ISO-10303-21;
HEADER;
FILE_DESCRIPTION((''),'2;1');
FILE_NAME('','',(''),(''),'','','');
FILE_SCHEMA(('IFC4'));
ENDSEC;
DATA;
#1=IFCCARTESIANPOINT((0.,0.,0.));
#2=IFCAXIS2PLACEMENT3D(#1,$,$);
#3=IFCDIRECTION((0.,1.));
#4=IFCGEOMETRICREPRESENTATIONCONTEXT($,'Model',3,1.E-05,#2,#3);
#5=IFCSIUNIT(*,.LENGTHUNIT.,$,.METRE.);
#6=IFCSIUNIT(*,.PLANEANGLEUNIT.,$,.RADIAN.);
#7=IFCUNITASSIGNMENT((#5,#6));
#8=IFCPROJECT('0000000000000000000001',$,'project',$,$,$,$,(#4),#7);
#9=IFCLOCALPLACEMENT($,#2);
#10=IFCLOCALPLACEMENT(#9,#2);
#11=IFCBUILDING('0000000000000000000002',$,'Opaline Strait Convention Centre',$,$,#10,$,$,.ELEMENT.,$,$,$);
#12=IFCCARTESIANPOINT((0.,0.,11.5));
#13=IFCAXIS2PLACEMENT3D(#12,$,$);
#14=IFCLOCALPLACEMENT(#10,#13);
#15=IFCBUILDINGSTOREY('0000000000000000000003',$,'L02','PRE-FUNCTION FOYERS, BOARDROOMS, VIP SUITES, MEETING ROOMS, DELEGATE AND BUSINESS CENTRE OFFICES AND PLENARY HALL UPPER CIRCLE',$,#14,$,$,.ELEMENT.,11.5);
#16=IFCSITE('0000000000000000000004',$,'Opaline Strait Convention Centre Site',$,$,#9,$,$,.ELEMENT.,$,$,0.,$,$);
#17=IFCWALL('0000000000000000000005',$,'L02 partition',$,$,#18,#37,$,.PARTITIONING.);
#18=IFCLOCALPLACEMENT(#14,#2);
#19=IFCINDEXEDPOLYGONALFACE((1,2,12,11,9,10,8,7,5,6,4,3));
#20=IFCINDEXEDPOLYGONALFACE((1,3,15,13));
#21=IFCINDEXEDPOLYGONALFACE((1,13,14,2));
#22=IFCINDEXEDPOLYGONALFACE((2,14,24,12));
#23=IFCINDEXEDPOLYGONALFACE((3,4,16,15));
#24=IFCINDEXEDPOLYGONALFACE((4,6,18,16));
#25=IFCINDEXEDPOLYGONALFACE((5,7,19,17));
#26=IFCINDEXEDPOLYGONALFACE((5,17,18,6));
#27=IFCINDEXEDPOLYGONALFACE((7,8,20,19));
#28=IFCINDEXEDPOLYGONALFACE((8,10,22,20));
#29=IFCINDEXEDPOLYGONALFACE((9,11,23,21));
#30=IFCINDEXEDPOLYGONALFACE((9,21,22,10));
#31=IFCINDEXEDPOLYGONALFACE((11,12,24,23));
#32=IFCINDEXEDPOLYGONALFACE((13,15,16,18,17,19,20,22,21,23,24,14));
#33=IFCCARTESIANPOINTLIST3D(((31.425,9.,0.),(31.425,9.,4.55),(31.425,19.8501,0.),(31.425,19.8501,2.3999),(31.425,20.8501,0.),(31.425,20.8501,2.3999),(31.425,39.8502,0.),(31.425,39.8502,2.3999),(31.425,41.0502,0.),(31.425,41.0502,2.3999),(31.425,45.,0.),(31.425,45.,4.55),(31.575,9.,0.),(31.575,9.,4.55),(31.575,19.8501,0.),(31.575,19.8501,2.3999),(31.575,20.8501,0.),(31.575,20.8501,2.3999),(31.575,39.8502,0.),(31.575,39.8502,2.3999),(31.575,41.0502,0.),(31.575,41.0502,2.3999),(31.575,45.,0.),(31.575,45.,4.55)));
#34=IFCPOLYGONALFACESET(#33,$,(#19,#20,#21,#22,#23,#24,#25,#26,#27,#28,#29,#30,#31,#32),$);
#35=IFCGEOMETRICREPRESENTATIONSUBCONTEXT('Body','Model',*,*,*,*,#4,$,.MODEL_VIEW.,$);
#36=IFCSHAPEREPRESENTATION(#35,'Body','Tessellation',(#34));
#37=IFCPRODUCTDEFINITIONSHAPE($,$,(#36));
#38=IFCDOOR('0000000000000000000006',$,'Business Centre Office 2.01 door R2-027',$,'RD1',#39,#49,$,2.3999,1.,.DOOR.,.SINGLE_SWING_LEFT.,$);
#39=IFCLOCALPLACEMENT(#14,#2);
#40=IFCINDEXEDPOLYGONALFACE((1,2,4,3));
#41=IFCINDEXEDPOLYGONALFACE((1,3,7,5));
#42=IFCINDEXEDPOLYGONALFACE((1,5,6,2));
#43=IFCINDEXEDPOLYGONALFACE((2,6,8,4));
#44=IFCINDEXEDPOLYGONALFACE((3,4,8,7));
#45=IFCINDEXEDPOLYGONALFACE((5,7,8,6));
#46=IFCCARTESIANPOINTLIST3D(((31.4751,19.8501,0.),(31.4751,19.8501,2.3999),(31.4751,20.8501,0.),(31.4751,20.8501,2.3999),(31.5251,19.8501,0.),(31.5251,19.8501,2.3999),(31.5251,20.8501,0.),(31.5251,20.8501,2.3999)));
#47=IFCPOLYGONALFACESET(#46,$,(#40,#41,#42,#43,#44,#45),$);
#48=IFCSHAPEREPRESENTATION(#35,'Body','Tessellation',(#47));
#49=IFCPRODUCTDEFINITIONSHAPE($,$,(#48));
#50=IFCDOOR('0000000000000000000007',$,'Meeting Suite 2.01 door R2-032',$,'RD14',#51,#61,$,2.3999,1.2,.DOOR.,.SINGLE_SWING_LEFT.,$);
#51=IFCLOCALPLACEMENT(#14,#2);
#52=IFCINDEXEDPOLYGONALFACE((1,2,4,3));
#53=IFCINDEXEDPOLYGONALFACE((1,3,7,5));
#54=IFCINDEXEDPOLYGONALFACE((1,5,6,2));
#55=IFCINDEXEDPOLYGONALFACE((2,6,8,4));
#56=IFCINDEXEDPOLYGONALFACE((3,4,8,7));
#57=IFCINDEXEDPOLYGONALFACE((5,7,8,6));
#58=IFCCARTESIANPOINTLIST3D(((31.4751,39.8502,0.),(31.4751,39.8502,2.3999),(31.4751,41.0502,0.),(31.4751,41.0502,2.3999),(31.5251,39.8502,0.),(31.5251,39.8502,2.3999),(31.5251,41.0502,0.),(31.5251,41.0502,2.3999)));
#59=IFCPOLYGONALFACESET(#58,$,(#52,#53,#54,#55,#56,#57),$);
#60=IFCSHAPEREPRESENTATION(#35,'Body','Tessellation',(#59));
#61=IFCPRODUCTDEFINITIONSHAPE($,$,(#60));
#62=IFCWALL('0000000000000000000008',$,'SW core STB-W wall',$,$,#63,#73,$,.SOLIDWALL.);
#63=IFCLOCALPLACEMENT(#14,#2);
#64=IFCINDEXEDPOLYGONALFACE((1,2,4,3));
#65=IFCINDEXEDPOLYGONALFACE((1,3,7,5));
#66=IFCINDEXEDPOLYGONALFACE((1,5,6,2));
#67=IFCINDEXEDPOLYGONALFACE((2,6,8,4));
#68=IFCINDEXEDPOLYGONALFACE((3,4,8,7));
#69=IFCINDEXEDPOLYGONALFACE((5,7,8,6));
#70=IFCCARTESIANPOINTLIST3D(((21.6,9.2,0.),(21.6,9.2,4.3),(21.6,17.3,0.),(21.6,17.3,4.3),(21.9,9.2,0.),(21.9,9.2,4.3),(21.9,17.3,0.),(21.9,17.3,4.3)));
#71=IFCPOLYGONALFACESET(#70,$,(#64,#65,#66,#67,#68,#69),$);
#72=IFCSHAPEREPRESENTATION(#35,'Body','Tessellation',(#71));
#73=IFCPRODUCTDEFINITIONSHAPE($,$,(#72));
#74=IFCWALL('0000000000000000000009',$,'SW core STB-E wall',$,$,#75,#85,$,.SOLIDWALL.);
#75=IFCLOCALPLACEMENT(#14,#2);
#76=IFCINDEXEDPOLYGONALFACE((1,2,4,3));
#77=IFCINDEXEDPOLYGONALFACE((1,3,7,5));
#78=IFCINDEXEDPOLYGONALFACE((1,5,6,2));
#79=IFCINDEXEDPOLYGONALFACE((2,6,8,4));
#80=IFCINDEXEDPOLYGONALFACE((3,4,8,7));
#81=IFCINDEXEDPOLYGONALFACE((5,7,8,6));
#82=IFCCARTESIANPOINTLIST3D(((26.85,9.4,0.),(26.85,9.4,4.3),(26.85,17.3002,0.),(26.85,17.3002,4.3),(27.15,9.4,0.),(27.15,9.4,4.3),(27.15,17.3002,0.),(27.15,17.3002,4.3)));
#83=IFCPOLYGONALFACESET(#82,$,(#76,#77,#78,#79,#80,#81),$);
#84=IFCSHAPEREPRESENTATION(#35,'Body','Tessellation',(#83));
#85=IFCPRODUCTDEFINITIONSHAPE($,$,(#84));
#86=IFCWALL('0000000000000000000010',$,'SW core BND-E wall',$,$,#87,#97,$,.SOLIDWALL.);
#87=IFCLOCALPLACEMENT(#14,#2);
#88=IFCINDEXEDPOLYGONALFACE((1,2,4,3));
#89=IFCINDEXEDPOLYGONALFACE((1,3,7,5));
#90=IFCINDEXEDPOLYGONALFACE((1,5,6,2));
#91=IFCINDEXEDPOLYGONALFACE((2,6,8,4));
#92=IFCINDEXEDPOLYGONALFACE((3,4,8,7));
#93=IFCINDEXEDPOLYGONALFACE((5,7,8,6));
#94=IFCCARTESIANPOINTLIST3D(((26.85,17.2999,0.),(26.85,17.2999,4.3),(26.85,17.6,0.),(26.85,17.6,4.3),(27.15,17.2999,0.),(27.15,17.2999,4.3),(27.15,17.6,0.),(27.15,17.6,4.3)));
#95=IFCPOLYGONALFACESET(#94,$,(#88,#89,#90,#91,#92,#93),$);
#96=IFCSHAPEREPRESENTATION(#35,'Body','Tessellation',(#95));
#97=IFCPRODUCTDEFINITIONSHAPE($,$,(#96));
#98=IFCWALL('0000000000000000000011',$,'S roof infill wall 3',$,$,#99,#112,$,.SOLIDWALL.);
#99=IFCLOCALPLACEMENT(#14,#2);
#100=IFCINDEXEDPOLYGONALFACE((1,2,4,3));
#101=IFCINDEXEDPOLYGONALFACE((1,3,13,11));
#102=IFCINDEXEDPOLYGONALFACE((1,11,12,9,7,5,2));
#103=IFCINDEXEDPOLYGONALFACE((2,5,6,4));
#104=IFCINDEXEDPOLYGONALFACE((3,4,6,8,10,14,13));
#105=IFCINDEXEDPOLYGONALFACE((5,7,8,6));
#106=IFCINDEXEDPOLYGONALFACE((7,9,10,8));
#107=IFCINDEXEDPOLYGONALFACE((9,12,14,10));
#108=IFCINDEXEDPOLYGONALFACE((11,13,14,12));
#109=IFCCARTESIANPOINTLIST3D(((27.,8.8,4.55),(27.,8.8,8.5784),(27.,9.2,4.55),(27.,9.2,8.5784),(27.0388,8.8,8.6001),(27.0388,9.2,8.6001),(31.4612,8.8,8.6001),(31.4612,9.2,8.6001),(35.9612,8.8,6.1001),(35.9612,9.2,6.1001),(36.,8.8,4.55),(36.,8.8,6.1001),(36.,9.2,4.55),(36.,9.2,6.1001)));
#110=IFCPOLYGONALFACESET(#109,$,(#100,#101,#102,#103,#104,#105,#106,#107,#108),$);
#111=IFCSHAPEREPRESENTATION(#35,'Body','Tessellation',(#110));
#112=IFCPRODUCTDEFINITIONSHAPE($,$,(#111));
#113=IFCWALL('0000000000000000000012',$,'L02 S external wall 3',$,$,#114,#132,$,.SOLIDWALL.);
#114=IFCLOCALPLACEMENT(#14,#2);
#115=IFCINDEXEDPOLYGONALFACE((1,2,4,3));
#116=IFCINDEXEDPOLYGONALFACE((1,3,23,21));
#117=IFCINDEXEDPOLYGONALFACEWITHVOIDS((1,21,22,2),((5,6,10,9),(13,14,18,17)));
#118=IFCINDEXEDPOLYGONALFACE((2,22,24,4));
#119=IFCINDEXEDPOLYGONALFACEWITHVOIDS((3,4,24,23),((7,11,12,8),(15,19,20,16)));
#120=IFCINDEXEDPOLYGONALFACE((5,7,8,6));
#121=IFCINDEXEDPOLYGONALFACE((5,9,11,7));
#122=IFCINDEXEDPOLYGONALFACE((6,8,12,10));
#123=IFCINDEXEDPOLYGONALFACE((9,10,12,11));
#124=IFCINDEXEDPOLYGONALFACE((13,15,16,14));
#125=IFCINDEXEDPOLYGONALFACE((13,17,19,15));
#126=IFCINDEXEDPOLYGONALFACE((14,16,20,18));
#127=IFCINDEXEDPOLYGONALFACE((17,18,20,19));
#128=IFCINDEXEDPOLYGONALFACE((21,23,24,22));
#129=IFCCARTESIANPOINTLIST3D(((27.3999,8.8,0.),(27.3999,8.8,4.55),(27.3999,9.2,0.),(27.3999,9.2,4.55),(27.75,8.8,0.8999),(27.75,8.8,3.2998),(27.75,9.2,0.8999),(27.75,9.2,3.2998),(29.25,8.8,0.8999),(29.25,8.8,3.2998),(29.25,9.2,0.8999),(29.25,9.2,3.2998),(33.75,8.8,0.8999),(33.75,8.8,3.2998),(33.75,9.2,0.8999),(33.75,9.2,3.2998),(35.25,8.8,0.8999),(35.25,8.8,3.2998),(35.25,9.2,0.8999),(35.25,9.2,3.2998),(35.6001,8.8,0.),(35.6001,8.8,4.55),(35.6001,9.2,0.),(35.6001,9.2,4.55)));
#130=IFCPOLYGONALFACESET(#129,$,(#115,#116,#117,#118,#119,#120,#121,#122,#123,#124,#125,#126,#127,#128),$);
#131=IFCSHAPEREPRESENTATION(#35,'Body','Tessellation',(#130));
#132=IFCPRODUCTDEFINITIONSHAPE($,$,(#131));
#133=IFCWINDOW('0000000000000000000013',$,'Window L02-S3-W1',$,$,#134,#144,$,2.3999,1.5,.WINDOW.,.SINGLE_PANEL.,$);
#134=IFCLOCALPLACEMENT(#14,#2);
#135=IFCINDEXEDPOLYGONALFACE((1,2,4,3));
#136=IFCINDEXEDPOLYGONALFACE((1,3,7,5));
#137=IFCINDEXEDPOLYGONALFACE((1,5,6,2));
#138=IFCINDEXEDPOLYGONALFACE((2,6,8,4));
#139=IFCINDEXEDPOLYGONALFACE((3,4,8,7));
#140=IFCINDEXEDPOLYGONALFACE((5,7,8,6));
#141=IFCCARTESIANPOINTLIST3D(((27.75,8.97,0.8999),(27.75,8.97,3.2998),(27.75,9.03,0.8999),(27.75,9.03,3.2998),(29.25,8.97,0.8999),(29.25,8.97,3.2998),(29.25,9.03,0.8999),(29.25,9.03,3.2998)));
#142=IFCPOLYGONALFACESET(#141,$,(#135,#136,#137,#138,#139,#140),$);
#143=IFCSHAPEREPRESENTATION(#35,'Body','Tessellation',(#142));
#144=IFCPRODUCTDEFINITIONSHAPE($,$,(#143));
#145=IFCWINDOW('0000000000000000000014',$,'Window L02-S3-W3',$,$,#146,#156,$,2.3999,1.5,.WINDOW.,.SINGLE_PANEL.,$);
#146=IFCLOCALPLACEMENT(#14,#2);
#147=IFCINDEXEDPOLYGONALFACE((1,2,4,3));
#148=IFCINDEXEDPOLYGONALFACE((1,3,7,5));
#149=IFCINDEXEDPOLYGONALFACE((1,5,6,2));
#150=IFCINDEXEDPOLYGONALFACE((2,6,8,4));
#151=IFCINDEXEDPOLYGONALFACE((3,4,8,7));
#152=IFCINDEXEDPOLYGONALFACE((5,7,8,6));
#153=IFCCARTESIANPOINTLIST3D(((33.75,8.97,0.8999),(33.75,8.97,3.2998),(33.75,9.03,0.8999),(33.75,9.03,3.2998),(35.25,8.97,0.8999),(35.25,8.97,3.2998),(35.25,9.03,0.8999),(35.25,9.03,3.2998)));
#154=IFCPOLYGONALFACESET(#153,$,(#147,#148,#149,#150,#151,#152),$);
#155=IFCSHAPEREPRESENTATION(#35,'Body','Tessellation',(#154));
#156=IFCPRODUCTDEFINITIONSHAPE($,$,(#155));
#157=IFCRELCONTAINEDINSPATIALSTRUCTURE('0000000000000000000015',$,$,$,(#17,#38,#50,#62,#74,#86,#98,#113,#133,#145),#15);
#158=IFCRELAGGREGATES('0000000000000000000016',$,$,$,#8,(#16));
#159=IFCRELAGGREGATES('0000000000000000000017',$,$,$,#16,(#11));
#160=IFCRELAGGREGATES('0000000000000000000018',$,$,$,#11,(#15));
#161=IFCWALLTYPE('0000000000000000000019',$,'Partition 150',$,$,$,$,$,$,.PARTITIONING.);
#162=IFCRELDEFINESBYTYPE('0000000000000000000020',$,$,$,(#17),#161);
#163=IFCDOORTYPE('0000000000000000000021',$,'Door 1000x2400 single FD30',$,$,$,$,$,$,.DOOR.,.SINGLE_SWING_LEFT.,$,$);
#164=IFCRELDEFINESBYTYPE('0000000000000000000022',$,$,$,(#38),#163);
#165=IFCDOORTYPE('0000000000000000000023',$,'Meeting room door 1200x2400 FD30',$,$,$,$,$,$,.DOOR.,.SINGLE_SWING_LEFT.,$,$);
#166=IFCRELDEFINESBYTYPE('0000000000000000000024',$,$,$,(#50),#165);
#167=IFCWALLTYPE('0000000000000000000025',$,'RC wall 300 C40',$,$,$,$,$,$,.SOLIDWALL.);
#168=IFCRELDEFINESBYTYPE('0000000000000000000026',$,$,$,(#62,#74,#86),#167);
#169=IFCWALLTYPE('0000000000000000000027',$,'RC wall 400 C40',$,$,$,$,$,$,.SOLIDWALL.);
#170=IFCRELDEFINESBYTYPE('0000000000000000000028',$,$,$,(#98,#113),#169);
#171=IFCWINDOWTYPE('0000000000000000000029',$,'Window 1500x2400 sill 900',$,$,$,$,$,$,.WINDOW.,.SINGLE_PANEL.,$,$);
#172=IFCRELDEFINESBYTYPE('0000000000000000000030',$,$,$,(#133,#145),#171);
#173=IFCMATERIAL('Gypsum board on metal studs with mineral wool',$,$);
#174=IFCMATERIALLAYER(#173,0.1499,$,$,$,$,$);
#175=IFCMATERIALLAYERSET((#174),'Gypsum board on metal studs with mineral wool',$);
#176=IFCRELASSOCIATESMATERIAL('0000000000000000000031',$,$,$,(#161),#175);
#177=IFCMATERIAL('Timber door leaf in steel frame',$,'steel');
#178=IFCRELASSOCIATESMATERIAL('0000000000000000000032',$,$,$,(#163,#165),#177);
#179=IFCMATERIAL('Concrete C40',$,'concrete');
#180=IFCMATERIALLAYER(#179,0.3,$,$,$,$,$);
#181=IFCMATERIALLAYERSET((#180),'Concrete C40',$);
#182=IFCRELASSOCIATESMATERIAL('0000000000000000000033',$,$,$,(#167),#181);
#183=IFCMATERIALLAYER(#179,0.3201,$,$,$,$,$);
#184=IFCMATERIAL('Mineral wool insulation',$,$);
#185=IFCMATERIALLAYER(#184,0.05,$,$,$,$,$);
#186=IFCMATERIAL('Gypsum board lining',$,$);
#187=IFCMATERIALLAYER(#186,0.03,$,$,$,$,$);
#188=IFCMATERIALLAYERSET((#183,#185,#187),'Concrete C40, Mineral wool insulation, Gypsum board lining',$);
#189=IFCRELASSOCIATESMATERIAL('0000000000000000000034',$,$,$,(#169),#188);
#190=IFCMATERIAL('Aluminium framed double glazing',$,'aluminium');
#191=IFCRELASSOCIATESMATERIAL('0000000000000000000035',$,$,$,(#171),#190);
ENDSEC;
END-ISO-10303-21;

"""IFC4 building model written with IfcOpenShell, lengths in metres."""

from ifc_helpers import new_model, si_unit, direction, frame, frame_2d, origin, place, context, subcontext, project, spatial, polyline, rectangle, outline, extrude, material, layer, layer_set, type_object, element, fill, save


model = new_model("IFC4")

# Units and contexts
model_context = context("Model", 3, precision=1e-05, world=origin(), true_north=direction((0.0, 1.0)))
body_context = subcontext(model_context, "Body", "Model", "MODEL_VIEW")
ifc_project = project(units=[si_unit("LENGTHUNIT", "METRE"), si_unit("PLANEANGLEUNIT", "RADIAN")], contexts=[model_context])

# Site, building, storey
site_placement = place(None, origin())
site = spatial("IfcSite", under=ifc_project, at=site_placement, Name="Opaline Strait Convention Centre Site", CompositionType="ELEMENT", RefElevation=0.0)
building_placement = place(site_placement, origin())
building = spatial("IfcBuilding", under=site, at=building_placement, Name="Opaline Strait Convention Centre", CompositionType="ELEMENT")
storey_placement = place(building_placement, frame((0.0, 0.0, 11.5)))
storey = spatial("IfcBuildingStorey", under=building, at=storey_placement, Name="L02", Description="PRE-FUNCTION FOYERS, BOARDROOMS, VIP SUITES, MEETING ROOMS, DELEGATE AND BUSINESS CENTRE OFFICES AND PLENARY HALL UPPER CIRCLE", CompositionType="ELEMENT", Elevation=11.5)

# Shared definitions
ifc_material_1 = material(Name="Concrete C40", Category="concrete")

# Wall, openings, doors
ifc_material_2 = material(Name="Gypsum board on metal studs with mineral wool")
ifc_layer_1 = layer(ifc_material_2, 0.1499)
ifc_layer_set_1 = layer_set([ifc_layer_1], Name="Gypsum board on metal studs with mineral wool")
wall_type_1 = type_object("IfcWallType", Name="Partition 150", PredefinedType="PARTITIONING", material=ifc_layer_set_1)
wall_1_placement = place(storey_placement, frame((31.5, 9.0, 0.0), z_axis=(0.0, 0.0, 1.0), x_axis=(0.0, 1.0, 0.0)))
wall_1 = element("IfcWall", 1, at=wall_1_placement, inside=storey, type_object=wall_type_1, Name="L02 partition", PredefinedType="PARTITIONING", context=body_context, shape_type="SweptSolid", body=[
    extrude(rectangle(XDim=36.0, YDim=0.1499, at=frame_2d((18.0, 0.0))), origin(), (0.0, 0.0, 1.0), 4.55),
])
opening_1_placement = place(wall_1_placement, frame((10.8501, 0.0, 0.0)))
opening_1 = element("IfcOpeningElement", 2, at=opening_1_placement, cuts=wall_1, PredefinedType="OPENING", context=body_context, shape_type="SweptSolid", body=[
    extrude(rectangle(XDim=1.0, YDim=2.3999, at=frame_2d((0.5, 1.2))), frame((0.0, 0.085, 0.0), z_axis=(0.0, -1.0, 0.0), x_axis=(1.0, 0.0, 0.0)), (0.0, 0.0, 1.0), 0.1699),
])
opening_2_placement = place(wall_1_placement, frame((30.8501, 0.0, 0.0)))
opening_2 = element("IfcOpeningElement", 3, at=opening_2_placement, cuts=wall_1, PredefinedType="OPENING", context=body_context, shape_type="SweptSolid", body=[
    extrude(rectangle(XDim=1.2, YDim=2.3999, at=frame_2d((0.6001, 1.2))), frame((0.0, 0.085, 0.0), z_axis=(0.0, -1.0, 0.0), x_axis=(1.0, 0.0, 0.0)), (0.0, 0.0, 1.0), 0.1699),
])
ifc_material_3 = material(Name="Timber door leaf in steel frame", Category="steel")
door_type_1 = type_object("IfcDoorType", Name="Door 1000x2400 single FD30", OperationType="SINGLE_SWING_LEFT", PredefinedType="DOOR", material=ifc_material_3)
door_1_placement = place(opening_1_placement, origin())
door_1 = element("IfcDoor", 4, at=door_1_placement, inside=storey, type_object=door_type_1, Name="Business Centre Office 2.01 door R2-027", ObjectType="RD1", OperationType="SINGLE_SWING_LEFT", OverallHeight=2.3999, OverallWidth=1.0, PredefinedType="DOOR", context=body_context, shape_type="SweptSolid", body=[
    extrude(rectangle(XDim=1.0, YDim=2.3999, at=frame_2d((0.5, 1.2))), frame((0.0, 0.0249, 0.0), z_axis=(0.0, -1.0, 0.0), x_axis=(1.0, 0.0, 0.0)), (0.0, 0.0, 1.0), 0.05),
])
fill(opening_1, door_1)
door_type_2 = type_object("IfcDoorType", Name="Meeting room door 1200x2400 FD30", OperationType="SINGLE_SWING_LEFT", PredefinedType="DOOR", material=ifc_material_3)
door_2_placement = place(opening_2_placement, origin())
door_2 = element("IfcDoor", 5, at=door_2_placement, inside=storey, type_object=door_type_2, Name="Meeting Suite 2.01 door R2-032", ObjectType="RD14", OperationType="SINGLE_SWING_LEFT", OverallHeight=2.3999, OverallWidth=1.2, PredefinedType="DOOR", context=body_context, shape_type="SweptSolid", body=[
    extrude(rectangle(XDim=1.2, YDim=2.3999, at=frame_2d((0.6001, 1.2))), frame((0.0, 0.0249, 0.0), z_axis=(0.0, -1.0, 0.0), x_axis=(1.0, 0.0, 0.0)), (0.0, 0.0, 1.0), 0.05),
])
fill(opening_2, door_2)

# Shared definitions
ifc_layer_2 = layer(ifc_material_1, 0.3)
ifc_layer_set_2 = layer_set([ifc_layer_2], Name="Concrete C40")
wall_type_2 = type_object("IfcWallType", Name="RC wall 300 C40", PredefinedType="SOLIDWALL", material=ifc_layer_set_2)

# Walls
wall_2_placement = place(storey_placement, frame((21.75, 9.2, 0.0), z_axis=(0.0, 0.0, 1.0), x_axis=(0.0, 1.0, 0.0)))
element("IfcWall", 6, at=wall_2_placement, inside=storey, type_object=wall_type_2, Name="SW core STB-W wall", PredefinedType="SOLIDWALL", context=body_context, shape_type="SweptSolid", body=[
    extrude(rectangle(XDim=8.1001, YDim=0.3, at=frame_2d((4.05, 0.0))), origin(), (0.0, 0.0, 1.0), 4.3),
])
wall_3_placement = place(storey_placement, frame((27.0, 9.3999, 0.0), z_axis=(0.0, 0.0, 1.0), x_axis=(0.0, 1.0, 0.0)))
element("IfcWall", 7, at=wall_3_placement, inside=storey, type_object=wall_type_2, Name="SW core STB-E wall", PredefinedType="SOLIDWALL", context=body_context, shape_type="SweptSolid", body=[
    extrude(rectangle(XDim=7.9001, YDim=0.3, at=frame_2d((3.9502, 0.0))), origin(), (0.0, 0.0, 1.0), 4.3),
])
wall_4_placement = place(storey_placement, frame((27.0, 17.3, 0.0), z_axis=(0.0, 0.0, 1.0), x_axis=(0.0, 1.0, 0.0)))
element("IfcWall", 8, at=wall_4_placement, inside=storey, type_object=wall_type_2, Name="SW core BND-E wall", PredefinedType="SOLIDWALL", context=body_context, shape_type="SweptSolid", body=[
    extrude(rectangle(XDim=0.3, YDim=0.3, at=frame_2d((0.1499, 0.0))), origin(), (0.0, 0.0, 1.0), 4.3),
])
ifc_layer_3 = layer(ifc_material_1, 0.3201)
ifc_material_4 = material(Name="Mineral wool insulation")
ifc_layer_4 = layer(ifc_material_4, 0.05)
ifc_material_5 = material(Name="Gypsum board lining")
ifc_layer_5 = layer(ifc_material_5, 0.03)
ifc_layer_set_3 = layer_set([ifc_layer_3, ifc_layer_4, ifc_layer_5], Name="Concrete C40, Mineral wool insulation, Gypsum board lining")
wall_type_3 = type_object("IfcWallType", Name="RC wall 400 C40", PredefinedType="SOLIDWALL", material=ifc_layer_set_3)
wall_5_placement = place(storey_placement, frame((27.0, 9.0, 4.55), z_axis=(0.0, 0.0, 1.0), x_axis=(1.0, 0.0, 0.0)))
element("IfcWall", 9, at=wall_5_placement, inside=storey, type_object=wall_type_3, Name="S roof infill wall 3", PredefinedType="SOLIDWALL", context=body_context, shape_type="SweptSolid", body=[
    extrude(outline(polyline([(0.0, 0.0), (9.0, 0.0), (9.0, 1.55), (8.9612, 1.55), (4.4612, 4.05), (0.0388, 4.05), (0.0, 4.0283), (0.0, 0.0)])), frame((0.0, 0.2, 0.0), z_axis=(0.0, -1.0, 0.0), x_axis=(1.0, 0.0, 0.0)), (0.0, 0.0, 1.0), 0.3999),
])

# Wall, openings, windows
wall_6_placement = place(storey_placement, frame((27.3999, 9.0, 0.0), z_axis=(0.0, 0.0, 1.0), x_axis=(1.0, 0.0, 0.0)))
wall_6 = element("IfcWall", 10, at=wall_6_placement, inside=storey, type_object=wall_type_3, Name="L02 S external wall 3", PredefinedType="SOLIDWALL", context=body_context, shape_type="SweptSolid", body=[
    extrude(rectangle(XDim=8.2002, YDim=0.3999, at=frame_2d((4.1001, 0.0))), origin(), (0.0, 0.0, 1.0), 4.55),
])
opening_3_placement = place(wall_6_placement, frame((0.3501, 0.0, 0.8999)))
opening_3 = element("IfcOpeningElement", 11, at=opening_3_placement, cuts=wall_6, PredefinedType="OPENING", context=body_context, shape_type="SweptSolid", body=[
    extrude(rectangle(XDim=1.5, YDim=2.3999, at=frame_2d((0.75, 1.2))), frame((0.0, 0.21, 0.0), z_axis=(0.0, -1.0, 0.0), x_axis=(1.0, 0.0, 0.0)), (0.0, 0.0, 1.0), 0.4199),
])
opening_4_placement = place(wall_6_placement, frame((6.3501, 0.0, 0.8999)))
opening_4 = element("IfcOpeningElement", 12, at=opening_4_placement, cuts=wall_6, PredefinedType="OPENING", context=body_context, shape_type="SweptSolid", body=[
    extrude(rectangle(XDim=1.5, YDim=2.3999, at=frame_2d((0.75, 1.2))), frame((0.0, 0.21, 0.0), z_axis=(0.0, -1.0, 0.0), x_axis=(1.0, 0.0, 0.0)), (0.0, 0.0, 1.0), 0.4199),
])
ifc_material_6 = material(Name="Aluminium framed double glazing", Category="aluminium")
window_type = type_object("IfcWindowType", Name="Window 1500x2400 sill 900", PartitioningType="SINGLE_PANEL", PredefinedType="WINDOW", material=ifc_material_6)
window_1_placement = place(opening_3_placement, origin())
window_1 = element("IfcWindow", 13, at=window_1_placement, inside=storey, type_object=window_type, Name="Window L02-S3-W1", OverallHeight=2.3999, OverallWidth=1.5, PartitioningType="SINGLE_PANEL", PredefinedType="WINDOW", context=body_context, shape_type="SweptSolid", body=[
    extrude(rectangle(XDim=1.5, YDim=2.3999, at=frame_2d((0.75, 1.2))), frame((0.0, 0.03, 0.0), z_axis=(0.0, -1.0, 0.0), x_axis=(1.0, 0.0, 0.0)), (0.0, 0.0, 1.0), 0.0601),
])
fill(opening_3, window_1)
window_2_placement = place(opening_4_placement, origin())
window_2 = element("IfcWindow", 14, at=window_2_placement, inside=storey, type_object=window_type, Name="Window L02-S3-W3", OverallHeight=2.3999, OverallWidth=1.5, PartitioningType="SINGLE_PANEL", PredefinedType="WINDOW", context=body_context, shape_type="SweptSolid", body=[
    extrude(rectangle(XDim=1.5, YDim=2.3999, at=frame_2d((0.75, 1.2))), frame((0.0, 0.03, 0.0), z_axis=(0.0, -1.0, 0.0), x_axis=(1.0, 0.0, 0.0)), (0.0, 0.0, 1.0), 0.0601),
])
fill(opening_4, window_2)

save(model, "model.ifc")
